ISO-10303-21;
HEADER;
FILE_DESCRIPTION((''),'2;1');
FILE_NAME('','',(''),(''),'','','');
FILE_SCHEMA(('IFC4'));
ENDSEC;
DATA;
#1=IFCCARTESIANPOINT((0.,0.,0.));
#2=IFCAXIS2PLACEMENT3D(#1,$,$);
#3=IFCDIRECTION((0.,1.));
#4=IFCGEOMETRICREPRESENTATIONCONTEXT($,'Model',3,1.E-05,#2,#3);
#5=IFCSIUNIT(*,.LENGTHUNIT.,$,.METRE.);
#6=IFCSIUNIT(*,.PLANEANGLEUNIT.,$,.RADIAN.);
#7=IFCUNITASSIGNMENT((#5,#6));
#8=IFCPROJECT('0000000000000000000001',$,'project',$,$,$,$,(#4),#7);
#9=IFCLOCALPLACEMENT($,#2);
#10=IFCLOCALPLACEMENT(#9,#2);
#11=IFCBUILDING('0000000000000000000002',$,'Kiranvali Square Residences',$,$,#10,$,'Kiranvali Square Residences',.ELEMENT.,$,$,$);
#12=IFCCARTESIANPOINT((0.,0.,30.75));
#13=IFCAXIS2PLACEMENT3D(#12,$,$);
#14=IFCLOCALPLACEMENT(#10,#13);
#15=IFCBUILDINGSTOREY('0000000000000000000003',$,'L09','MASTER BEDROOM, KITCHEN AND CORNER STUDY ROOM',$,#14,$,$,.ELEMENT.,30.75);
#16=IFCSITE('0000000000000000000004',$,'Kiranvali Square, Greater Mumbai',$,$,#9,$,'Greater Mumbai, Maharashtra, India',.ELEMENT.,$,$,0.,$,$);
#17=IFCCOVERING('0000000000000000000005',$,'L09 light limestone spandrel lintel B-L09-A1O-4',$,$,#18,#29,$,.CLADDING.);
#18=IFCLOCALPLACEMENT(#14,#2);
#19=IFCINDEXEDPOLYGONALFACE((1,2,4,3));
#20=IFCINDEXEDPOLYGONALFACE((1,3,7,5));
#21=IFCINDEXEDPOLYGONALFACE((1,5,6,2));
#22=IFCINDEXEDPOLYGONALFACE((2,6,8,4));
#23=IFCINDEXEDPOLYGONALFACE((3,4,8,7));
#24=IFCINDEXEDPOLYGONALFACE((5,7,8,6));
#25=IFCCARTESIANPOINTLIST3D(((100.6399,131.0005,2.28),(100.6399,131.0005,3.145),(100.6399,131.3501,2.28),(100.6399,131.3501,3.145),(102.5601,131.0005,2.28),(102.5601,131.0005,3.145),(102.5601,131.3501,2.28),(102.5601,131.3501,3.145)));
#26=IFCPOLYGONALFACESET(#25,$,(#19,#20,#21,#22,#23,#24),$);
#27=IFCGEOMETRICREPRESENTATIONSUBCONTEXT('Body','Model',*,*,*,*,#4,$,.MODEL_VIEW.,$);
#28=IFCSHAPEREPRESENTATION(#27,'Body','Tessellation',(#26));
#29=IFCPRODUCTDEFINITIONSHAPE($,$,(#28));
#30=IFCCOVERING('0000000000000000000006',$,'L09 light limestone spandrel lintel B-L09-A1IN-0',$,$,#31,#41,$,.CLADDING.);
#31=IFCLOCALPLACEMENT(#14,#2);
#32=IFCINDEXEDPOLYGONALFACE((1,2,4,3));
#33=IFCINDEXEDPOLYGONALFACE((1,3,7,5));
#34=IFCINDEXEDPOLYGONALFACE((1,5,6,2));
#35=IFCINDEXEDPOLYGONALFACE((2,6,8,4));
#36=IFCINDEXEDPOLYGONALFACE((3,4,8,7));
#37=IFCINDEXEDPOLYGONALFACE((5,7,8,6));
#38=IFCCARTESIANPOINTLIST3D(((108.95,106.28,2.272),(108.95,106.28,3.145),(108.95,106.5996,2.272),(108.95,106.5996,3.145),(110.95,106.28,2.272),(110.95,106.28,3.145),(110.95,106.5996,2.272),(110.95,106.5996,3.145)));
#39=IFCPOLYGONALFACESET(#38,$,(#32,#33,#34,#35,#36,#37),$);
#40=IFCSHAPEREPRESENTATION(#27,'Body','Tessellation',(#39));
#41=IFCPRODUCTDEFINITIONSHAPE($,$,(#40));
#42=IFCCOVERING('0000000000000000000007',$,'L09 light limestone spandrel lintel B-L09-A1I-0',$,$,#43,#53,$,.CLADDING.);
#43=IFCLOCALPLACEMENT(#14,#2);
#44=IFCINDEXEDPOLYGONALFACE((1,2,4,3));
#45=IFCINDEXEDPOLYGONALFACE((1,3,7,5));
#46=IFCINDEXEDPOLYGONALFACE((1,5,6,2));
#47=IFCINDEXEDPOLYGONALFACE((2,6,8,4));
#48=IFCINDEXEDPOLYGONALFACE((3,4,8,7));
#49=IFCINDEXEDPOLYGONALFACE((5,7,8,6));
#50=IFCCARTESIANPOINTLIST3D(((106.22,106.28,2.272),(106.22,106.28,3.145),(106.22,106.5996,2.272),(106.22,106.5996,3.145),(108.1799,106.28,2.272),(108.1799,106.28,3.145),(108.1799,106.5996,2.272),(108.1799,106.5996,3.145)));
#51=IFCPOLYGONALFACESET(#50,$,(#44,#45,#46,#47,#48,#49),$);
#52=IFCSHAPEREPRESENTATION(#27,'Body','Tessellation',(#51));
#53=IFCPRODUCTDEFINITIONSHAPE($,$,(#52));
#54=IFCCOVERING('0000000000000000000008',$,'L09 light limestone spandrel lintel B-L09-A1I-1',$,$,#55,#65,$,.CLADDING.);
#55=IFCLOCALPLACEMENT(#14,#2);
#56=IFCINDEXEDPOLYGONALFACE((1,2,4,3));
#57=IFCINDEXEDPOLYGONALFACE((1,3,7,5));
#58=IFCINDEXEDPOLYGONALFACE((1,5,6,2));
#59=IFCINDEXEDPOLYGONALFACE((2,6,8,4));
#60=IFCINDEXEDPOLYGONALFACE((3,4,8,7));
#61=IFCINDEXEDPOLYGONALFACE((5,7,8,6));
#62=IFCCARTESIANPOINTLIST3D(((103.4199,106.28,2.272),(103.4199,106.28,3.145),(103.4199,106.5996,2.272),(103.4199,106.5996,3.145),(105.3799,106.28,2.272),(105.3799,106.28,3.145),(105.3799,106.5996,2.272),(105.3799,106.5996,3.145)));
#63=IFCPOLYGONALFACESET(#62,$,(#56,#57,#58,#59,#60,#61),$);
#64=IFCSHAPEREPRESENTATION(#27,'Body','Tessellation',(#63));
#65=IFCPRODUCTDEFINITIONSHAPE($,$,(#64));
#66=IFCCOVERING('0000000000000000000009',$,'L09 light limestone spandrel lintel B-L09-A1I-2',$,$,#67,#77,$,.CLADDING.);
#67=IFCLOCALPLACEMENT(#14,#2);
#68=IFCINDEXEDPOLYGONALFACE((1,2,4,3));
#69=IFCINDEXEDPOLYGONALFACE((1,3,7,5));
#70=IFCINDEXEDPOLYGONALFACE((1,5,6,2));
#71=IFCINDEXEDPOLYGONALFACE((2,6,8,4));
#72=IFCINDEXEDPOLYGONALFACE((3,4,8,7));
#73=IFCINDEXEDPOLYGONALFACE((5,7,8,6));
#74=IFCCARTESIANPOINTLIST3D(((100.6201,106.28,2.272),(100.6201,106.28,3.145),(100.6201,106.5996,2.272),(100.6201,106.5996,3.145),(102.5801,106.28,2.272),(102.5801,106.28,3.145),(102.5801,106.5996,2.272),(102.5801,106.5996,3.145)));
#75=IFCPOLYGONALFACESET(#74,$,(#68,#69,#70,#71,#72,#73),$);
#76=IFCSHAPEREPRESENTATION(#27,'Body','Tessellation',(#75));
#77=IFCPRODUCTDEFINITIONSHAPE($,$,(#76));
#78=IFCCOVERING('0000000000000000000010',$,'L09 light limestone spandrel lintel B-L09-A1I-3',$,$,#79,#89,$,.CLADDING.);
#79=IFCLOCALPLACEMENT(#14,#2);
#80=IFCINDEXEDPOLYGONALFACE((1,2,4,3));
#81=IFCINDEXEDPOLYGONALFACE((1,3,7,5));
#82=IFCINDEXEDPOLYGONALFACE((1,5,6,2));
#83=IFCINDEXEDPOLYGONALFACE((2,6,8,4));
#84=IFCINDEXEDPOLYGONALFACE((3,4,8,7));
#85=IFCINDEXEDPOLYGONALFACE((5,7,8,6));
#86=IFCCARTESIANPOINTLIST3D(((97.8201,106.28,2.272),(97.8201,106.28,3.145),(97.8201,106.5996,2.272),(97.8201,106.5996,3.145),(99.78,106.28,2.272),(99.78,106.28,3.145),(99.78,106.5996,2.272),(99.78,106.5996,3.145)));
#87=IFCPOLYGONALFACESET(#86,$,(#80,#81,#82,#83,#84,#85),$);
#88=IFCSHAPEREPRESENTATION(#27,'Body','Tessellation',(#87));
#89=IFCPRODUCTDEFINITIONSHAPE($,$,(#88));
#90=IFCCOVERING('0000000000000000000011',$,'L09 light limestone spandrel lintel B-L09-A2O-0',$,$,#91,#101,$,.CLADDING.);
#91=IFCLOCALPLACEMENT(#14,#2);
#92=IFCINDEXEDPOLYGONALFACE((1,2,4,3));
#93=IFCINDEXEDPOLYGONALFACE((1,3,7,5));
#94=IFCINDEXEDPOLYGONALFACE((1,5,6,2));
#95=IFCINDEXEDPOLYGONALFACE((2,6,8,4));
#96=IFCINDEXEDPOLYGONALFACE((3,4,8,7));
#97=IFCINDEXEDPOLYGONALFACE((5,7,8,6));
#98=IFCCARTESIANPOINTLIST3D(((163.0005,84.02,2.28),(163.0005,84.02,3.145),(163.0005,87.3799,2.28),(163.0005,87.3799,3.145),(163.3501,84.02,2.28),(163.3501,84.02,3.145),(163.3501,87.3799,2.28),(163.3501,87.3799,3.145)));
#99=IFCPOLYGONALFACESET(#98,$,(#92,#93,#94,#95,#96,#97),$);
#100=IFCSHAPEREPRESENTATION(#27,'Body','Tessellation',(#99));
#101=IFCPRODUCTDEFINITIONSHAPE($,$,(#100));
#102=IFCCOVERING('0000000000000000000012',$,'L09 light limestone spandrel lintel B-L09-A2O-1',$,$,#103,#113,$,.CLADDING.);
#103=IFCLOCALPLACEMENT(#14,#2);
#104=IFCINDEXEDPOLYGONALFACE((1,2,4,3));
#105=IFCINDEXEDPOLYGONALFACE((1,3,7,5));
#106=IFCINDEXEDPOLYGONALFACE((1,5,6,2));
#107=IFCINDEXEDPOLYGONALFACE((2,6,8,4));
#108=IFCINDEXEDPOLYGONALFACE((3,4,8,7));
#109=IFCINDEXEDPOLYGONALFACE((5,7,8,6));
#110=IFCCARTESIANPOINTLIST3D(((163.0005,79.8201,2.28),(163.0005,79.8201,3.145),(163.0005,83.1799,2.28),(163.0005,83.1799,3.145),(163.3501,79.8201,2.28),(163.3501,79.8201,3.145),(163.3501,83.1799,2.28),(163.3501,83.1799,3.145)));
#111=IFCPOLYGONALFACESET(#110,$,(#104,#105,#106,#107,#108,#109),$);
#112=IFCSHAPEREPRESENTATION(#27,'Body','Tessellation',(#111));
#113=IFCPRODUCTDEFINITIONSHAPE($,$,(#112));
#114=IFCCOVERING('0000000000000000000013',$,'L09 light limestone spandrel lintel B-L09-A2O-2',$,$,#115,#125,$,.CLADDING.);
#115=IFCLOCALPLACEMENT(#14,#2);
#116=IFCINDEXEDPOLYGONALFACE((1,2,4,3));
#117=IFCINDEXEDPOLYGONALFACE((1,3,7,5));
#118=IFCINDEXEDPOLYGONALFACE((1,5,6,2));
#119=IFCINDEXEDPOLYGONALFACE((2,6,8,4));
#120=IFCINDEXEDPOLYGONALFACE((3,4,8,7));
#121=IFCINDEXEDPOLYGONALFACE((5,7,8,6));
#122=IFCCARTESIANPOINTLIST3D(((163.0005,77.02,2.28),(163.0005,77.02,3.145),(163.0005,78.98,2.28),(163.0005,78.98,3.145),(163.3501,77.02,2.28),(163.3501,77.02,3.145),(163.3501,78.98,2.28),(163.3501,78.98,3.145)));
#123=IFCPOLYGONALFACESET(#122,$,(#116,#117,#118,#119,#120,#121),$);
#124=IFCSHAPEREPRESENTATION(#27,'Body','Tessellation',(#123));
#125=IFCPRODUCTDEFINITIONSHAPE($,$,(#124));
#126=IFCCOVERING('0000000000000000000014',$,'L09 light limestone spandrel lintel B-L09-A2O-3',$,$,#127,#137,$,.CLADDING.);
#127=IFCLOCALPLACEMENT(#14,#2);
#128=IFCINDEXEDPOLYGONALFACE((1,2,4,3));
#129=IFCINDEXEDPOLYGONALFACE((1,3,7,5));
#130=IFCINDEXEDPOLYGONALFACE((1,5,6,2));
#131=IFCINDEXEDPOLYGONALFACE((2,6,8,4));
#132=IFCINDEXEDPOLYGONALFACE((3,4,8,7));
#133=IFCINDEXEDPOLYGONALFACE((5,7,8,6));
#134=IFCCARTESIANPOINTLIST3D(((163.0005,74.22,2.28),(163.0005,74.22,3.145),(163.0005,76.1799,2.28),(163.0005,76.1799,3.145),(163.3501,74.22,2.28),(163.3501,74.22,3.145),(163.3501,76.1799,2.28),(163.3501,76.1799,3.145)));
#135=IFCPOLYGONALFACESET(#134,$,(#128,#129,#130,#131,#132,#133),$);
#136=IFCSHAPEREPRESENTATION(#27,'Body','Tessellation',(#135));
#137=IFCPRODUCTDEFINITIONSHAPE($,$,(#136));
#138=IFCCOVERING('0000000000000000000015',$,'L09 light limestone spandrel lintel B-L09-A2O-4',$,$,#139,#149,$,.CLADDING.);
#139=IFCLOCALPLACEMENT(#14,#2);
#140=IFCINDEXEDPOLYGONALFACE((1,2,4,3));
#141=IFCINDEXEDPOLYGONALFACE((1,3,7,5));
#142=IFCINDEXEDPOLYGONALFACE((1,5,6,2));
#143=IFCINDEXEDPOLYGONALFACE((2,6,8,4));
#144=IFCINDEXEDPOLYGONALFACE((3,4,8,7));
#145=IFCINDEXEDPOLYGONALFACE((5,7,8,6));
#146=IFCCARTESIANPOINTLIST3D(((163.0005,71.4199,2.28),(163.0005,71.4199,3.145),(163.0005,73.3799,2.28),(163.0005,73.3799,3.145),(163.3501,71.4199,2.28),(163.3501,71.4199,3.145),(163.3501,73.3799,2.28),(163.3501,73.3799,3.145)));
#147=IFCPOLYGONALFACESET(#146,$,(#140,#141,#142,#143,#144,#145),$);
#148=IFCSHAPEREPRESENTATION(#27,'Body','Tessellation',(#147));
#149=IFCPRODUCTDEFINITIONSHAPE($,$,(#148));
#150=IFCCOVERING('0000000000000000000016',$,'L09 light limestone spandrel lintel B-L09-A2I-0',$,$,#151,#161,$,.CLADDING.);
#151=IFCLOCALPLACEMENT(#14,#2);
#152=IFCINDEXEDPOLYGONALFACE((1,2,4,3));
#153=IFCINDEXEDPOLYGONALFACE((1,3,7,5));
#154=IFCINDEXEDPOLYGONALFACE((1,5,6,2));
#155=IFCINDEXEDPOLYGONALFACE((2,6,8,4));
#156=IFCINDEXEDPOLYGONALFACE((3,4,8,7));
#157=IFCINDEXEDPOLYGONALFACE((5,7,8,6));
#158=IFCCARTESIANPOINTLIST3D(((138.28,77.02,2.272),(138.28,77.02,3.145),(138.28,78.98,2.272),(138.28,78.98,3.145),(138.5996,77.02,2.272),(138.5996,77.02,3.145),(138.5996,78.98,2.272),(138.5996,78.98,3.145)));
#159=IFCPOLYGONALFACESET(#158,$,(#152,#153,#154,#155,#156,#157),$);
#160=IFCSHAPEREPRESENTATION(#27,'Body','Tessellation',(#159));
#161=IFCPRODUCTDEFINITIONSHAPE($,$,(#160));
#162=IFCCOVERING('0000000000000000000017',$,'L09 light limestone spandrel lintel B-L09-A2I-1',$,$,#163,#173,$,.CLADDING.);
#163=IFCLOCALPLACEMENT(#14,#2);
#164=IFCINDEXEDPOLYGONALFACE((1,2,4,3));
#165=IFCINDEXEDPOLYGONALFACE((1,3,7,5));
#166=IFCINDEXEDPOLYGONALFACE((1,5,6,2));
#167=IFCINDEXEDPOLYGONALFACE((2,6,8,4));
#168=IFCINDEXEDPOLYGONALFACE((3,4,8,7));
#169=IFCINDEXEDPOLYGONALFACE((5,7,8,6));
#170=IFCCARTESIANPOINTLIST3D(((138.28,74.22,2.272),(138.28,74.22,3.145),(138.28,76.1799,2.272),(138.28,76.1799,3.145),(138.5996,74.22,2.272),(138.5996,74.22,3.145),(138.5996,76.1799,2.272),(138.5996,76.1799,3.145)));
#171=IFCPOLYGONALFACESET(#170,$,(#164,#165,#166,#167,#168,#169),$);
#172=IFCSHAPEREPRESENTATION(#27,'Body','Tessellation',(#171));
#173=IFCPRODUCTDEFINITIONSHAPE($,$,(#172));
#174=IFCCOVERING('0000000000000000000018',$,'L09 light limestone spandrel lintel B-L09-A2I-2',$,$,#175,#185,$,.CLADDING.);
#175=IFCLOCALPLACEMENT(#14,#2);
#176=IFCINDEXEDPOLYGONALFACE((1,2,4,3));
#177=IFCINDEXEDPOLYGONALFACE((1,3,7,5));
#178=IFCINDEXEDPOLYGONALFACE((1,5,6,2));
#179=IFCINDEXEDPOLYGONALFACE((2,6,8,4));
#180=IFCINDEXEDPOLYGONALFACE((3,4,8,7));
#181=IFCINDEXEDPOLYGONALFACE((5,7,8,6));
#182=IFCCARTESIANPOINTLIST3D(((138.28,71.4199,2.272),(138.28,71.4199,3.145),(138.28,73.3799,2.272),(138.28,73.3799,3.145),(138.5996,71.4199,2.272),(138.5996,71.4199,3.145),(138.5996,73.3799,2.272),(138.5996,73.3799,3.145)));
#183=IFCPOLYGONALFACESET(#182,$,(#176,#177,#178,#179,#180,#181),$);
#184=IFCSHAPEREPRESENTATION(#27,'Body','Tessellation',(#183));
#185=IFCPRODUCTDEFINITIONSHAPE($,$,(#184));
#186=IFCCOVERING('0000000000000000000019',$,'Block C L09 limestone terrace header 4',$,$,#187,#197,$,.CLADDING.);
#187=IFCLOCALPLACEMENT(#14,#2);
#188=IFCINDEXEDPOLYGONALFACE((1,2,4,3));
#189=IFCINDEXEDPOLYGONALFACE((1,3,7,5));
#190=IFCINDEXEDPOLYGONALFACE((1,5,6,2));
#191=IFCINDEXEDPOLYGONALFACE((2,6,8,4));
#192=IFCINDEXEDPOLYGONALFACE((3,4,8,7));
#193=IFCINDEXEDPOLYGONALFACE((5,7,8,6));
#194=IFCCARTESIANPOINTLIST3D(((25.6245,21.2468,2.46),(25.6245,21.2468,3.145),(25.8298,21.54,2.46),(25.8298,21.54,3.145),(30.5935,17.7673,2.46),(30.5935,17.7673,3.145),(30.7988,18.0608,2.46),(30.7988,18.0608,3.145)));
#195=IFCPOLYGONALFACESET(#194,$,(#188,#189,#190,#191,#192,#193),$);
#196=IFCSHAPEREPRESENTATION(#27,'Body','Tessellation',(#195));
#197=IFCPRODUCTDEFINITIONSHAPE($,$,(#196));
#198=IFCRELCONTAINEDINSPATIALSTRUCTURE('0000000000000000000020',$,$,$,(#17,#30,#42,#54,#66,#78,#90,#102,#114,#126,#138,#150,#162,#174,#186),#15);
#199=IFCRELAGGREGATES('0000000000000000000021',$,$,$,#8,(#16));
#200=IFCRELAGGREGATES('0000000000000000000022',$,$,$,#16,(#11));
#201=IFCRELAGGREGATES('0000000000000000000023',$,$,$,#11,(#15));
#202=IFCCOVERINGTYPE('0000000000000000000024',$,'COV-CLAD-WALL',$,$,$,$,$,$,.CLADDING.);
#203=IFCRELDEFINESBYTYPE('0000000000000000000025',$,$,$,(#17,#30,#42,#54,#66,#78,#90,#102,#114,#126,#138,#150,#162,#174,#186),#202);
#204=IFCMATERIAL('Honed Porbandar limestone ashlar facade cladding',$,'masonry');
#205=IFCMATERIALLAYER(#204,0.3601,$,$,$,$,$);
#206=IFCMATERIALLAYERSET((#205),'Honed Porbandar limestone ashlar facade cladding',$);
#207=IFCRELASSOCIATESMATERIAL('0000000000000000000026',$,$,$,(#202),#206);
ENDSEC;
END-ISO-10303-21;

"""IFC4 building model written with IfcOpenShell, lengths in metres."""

from ifc_helpers import new_model, si_unit, direction, frame, origin, place, context, subcontext, project, spatial, polyline, outline, extrude, material, layer, layer_set, type_object, element, save


model = new_model("IFC4")

# Units and contexts
model_context = context("Model", 3, precision=1e-05, world=origin(), true_north=direction((0.0, 1.0)))
body_context = subcontext(model_context, "Body", "Model", "MODEL_VIEW")
ifc_project = project(units=[si_unit("LENGTHUNIT", "METRE"), si_unit("PLANEANGLEUNIT", "RADIAN")], contexts=[model_context])

# Site, building, storey
site_placement = place(None, origin())
site = spatial("IfcSite", under=ifc_project, at=site_placement, Name="Kiranvali Square, Greater Mumbai", LongName="Greater Mumbai, Maharashtra, India", CompositionType="ELEMENT", RefElevation=0.0)
building_placement = place(site_placement, origin())
building = spatial("IfcBuilding", under=site, at=building_placement, Name="Kiranvali Square Residences", LongName="Kiranvali Square Residences", CompositionType="ELEMENT")
storey_placement = place(building_placement, frame((0.0, 0.0, 30.75)))
storey = spatial("IfcBuildingStorey", under=building, at=storey_placement, Name="L09", Description="MASTER BEDROOM, KITCHEN AND CORNER STUDY ROOM", CompositionType="ELEMENT", Elevation=30.75)

# Coverings
ifc_material = material(Name="Honed Porbandar limestone ashlar facade cladding", Category="masonry")
ifc_layer = layer(ifc_material, 0.3601)
ifc_layer_set = layer_set([ifc_layer], Name="Honed Porbandar limestone ashlar facade cladding")
covering_type = type_object("IfcCoveringType", Name="COV-CLAD-WALL", PredefinedType="CLADDING", material=ifc_layer_set)
covering_1_placement = place(storey_placement, frame((0.0, 0.0, 2.28)))
element("IfcCovering", 1, at=covering_1_placement, inside=storey, type_object=covering_type, Name="L09 light limestone spandrel lintel B-L09-A1O-4", PredefinedType="CLADDING", context=body_context, shape_type="SweptSolid", body=[
    extrude(outline(polyline([(102.5601, 131.3501), (100.6399, 131.3501), (100.6399, 131.0005), (102.5601, 131.0005), (102.5601, 131.3501)])), origin(), (0.0, 0.0, 1.0), 0.865),
])
covering_2_placement = place(storey_placement, frame((0.0, 0.0, 2.272)))
element("IfcCovering", 2, at=covering_2_placement, inside=storey, type_object=covering_type, Name="L09 light limestone spandrel lintel B-L09-A1IN-0", PredefinedType="CLADDING", context=body_context, shape_type="SweptSolid", body=[
    extrude(outline(polyline([(110.95, 106.5996), (108.95, 106.5996), (108.95, 106.28), (110.95, 106.28), (110.95, 106.5996)])), origin(), (0.0, 0.0, 1.0), 0.873),
])
covering_3_placement = place(storey_placement, frame((0.0, 0.0, 2.272)))
element("IfcCovering", 3, at=covering_3_placement, inside=storey, type_object=covering_type, Name="L09 light limestone spandrel lintel B-L09-A1I-0", PredefinedType="CLADDING", context=body_context, shape_type="SweptSolid", body=[
    extrude(outline(polyline([(108.1799, 106.5996), (106.22, 106.5996), (106.22, 106.28), (108.1799, 106.28), (108.1799, 106.5996)])), origin(), (0.0, 0.0, 1.0), 0.873),
])
covering_4_placement = place(storey_placement, frame((0.0, 0.0, 2.272)))
element("IfcCovering", 4, at=covering_4_placement, inside=storey, type_object=covering_type, Name="L09 light limestone spandrel lintel B-L09-A1I-1", PredefinedType="CLADDING", context=body_context, shape_type="SweptSolid", body=[
    extrude(outline(polyline([(105.3799, 106.5996), (103.4199, 106.5996), (103.4199, 106.28), (105.3799, 106.28), (105.3799, 106.5996)])), origin(), (0.0, 0.0, 1.0), 0.873),
])
covering_5_placement = place(storey_placement, frame((0.0, 0.0, 2.272)))
element("IfcCovering", 5, at=covering_5_placement, inside=storey, type_object=covering_type, Name="L09 light limestone spandrel lintel B-L09-A1I-2", PredefinedType="CLADDING", context=body_context, shape_type="SweptSolid", body=[
    extrude(outline(polyline([(102.5801, 106.5996), (100.6201, 106.5996), (100.6201, 106.28), (102.5801, 106.28), (102.5801, 106.5996)])), origin(), (0.0, 0.0, 1.0), 0.873),
])
covering_6_placement = place(storey_placement, frame((0.0, 0.0, 2.272)))
element("IfcCovering", 6, at=covering_6_placement, inside=storey, type_object=covering_type, Name="L09 light limestone spandrel lintel B-L09-A1I-3", PredefinedType="CLADDING", context=body_context, shape_type="SweptSolid", body=[
    extrude(outline(polyline([(99.78, 106.5996), (97.8201, 106.5996), (97.8201, 106.28), (99.78, 106.28), (99.78, 106.5996)])), origin(), (0.0, 0.0, 1.0), 0.873),
])
covering_7_placement = place(storey_placement, frame((0.0, 0.0, 2.28)))
element("IfcCovering", 7, at=covering_7_placement, inside=storey, type_object=covering_type, Name="L09 light limestone spandrel lintel B-L09-A2O-0", PredefinedType="CLADDING", context=body_context, shape_type="SweptSolid", body=[
    extrude(outline(polyline([(163.0005, 87.3799), (163.0005, 84.02), (163.3501, 84.02), (163.3501, 87.3799), (163.0005, 87.3799)])), origin(), (0.0, 0.0, 1.0), 0.865),
])
covering_8_placement = place(storey_placement, frame((0.0, 0.0, 2.28)))
element("IfcCovering", 8, at=covering_8_placement, inside=storey, type_object=covering_type, Name="L09 light limestone spandrel lintel B-L09-A2O-1", PredefinedType="CLADDING", context=body_context, shape_type="SweptSolid", body=[
    extrude(outline(polyline([(163.0005, 83.1799), (163.0005, 79.8201), (163.3501, 79.8201), (163.3501, 83.1799), (163.0005, 83.1799)])), origin(), (0.0, 0.0, 1.0), 0.865),
])
covering_9_placement = place(storey_placement, frame((0.0, 0.0, 2.28)))
element("IfcCovering", 9, at=covering_9_placement, inside=storey, type_object=covering_type, Name="L09 light limestone spandrel lintel B-L09-A2O-2", PredefinedType="CLADDING", context=body_context, shape_type="SweptSolid", body=[
    extrude(outline(polyline([(163.0005, 78.98), (163.0005, 77.02), (163.3501, 77.02), (163.3501, 78.98), (163.0005, 78.98)])), origin(), (0.0, 0.0, 1.0), 0.865),
])
covering_10_placement = place(storey_placement, frame((0.0, 0.0, 2.28)))
element("IfcCovering", 10, at=covering_10_placement, inside=storey, type_object=covering_type, Name="L09 light limestone spandrel lintel B-L09-A2O-3", PredefinedType="CLADDING", context=body_context, shape_type="SweptSolid", body=[
    extrude(outline(polyline([(163.0005, 76.1799), (163.0005, 74.22), (163.3501, 74.22), (163.3501, 76.1799), (163.0005, 76.1799)])), origin(), (0.0, 0.0, 1.0), 0.865),
])
covering_11_placement = place(storey_placement, frame((0.0, 0.0, 2.28)))
element("IfcCovering", 11, at=covering_11_placement, inside=storey, type_object=covering_type, Name="L09 light limestone spandrel lintel B-L09-A2O-4", PredefinedType="CLADDING", context=body_context, shape_type="SweptSolid", body=[
    extrude(outline(polyline([(163.0005, 73.3799), (163.0005, 71.4199), (163.3501, 71.4199), (163.3501, 73.3799), (163.0005, 73.3799)])), origin(), (0.0, 0.0, 1.0), 0.865),
])
covering_12_placement = place(storey_placement, frame((0.0, 0.0, 2.272)))
element("IfcCovering", 12, at=covering_12_placement, inside=storey, type_object=covering_type, Name="L09 light limestone spandrel lintel B-L09-A2I-0", PredefinedType="CLADDING", context=body_context, shape_type="SweptSolid", body=[
    extrude(outline(polyline([(138.28, 78.98), (138.28, 77.02), (138.5996, 77.02), (138.5996, 78.98), (138.28, 78.98)])), origin(), (0.0, 0.0, 1.0), 0.873),
])
covering_13_placement = place(storey_placement, frame((0.0, 0.0, 2.272)))
element("IfcCovering", 13, at=covering_13_placement, inside=storey, type_object=covering_type, Name="L09 light limestone spandrel lintel B-L09-A2I-1", PredefinedType="CLADDING", context=body_context, shape_type="SweptSolid", body=[
    extrude(outline(polyline([(138.28, 76.1799), (138.28, 74.22), (138.5996, 74.22), (138.5996, 76.1799), (138.28, 76.1799)])), origin(), (0.0, 0.0, 1.0), 0.873),
])
covering_14_placement = place(storey_placement, frame((0.0, 0.0, 2.272)))
element("IfcCovering", 14, at=covering_14_placement, inside=storey, type_object=covering_type, Name="L09 light limestone spandrel lintel B-L09-A2I-2", PredefinedType="CLADDING", context=body_context, shape_type="SweptSolid", body=[
    extrude(outline(polyline([(138.28, 73.3799), (138.28, 71.4199), (138.5996, 71.4199), (138.5996, 73.3799), (138.28, 73.3799)])), origin(), (0.0, 0.0, 1.0), 0.873),
])
covering_15_placement = place(storey_placement, frame((0.0, 0.0, 2.46)))
element("IfcCovering", 15, at=covering_15_placement, inside=storey, type_object=covering_type, Name="Block C L09 limestone terrace header 4", PredefinedType="CLADDING", context=body_context, shape_type="SweptSolid", body=[
    extrude(outline(polyline([(30.7988, 18.0608), (25.8298, 21.54), (25.6245, 21.2468), (30.5935, 17.7673), (30.7988, 18.0608)])), origin(), (0.0, 0.0, 1.0), 0.6851),
])

save(model, "model.ifc")
